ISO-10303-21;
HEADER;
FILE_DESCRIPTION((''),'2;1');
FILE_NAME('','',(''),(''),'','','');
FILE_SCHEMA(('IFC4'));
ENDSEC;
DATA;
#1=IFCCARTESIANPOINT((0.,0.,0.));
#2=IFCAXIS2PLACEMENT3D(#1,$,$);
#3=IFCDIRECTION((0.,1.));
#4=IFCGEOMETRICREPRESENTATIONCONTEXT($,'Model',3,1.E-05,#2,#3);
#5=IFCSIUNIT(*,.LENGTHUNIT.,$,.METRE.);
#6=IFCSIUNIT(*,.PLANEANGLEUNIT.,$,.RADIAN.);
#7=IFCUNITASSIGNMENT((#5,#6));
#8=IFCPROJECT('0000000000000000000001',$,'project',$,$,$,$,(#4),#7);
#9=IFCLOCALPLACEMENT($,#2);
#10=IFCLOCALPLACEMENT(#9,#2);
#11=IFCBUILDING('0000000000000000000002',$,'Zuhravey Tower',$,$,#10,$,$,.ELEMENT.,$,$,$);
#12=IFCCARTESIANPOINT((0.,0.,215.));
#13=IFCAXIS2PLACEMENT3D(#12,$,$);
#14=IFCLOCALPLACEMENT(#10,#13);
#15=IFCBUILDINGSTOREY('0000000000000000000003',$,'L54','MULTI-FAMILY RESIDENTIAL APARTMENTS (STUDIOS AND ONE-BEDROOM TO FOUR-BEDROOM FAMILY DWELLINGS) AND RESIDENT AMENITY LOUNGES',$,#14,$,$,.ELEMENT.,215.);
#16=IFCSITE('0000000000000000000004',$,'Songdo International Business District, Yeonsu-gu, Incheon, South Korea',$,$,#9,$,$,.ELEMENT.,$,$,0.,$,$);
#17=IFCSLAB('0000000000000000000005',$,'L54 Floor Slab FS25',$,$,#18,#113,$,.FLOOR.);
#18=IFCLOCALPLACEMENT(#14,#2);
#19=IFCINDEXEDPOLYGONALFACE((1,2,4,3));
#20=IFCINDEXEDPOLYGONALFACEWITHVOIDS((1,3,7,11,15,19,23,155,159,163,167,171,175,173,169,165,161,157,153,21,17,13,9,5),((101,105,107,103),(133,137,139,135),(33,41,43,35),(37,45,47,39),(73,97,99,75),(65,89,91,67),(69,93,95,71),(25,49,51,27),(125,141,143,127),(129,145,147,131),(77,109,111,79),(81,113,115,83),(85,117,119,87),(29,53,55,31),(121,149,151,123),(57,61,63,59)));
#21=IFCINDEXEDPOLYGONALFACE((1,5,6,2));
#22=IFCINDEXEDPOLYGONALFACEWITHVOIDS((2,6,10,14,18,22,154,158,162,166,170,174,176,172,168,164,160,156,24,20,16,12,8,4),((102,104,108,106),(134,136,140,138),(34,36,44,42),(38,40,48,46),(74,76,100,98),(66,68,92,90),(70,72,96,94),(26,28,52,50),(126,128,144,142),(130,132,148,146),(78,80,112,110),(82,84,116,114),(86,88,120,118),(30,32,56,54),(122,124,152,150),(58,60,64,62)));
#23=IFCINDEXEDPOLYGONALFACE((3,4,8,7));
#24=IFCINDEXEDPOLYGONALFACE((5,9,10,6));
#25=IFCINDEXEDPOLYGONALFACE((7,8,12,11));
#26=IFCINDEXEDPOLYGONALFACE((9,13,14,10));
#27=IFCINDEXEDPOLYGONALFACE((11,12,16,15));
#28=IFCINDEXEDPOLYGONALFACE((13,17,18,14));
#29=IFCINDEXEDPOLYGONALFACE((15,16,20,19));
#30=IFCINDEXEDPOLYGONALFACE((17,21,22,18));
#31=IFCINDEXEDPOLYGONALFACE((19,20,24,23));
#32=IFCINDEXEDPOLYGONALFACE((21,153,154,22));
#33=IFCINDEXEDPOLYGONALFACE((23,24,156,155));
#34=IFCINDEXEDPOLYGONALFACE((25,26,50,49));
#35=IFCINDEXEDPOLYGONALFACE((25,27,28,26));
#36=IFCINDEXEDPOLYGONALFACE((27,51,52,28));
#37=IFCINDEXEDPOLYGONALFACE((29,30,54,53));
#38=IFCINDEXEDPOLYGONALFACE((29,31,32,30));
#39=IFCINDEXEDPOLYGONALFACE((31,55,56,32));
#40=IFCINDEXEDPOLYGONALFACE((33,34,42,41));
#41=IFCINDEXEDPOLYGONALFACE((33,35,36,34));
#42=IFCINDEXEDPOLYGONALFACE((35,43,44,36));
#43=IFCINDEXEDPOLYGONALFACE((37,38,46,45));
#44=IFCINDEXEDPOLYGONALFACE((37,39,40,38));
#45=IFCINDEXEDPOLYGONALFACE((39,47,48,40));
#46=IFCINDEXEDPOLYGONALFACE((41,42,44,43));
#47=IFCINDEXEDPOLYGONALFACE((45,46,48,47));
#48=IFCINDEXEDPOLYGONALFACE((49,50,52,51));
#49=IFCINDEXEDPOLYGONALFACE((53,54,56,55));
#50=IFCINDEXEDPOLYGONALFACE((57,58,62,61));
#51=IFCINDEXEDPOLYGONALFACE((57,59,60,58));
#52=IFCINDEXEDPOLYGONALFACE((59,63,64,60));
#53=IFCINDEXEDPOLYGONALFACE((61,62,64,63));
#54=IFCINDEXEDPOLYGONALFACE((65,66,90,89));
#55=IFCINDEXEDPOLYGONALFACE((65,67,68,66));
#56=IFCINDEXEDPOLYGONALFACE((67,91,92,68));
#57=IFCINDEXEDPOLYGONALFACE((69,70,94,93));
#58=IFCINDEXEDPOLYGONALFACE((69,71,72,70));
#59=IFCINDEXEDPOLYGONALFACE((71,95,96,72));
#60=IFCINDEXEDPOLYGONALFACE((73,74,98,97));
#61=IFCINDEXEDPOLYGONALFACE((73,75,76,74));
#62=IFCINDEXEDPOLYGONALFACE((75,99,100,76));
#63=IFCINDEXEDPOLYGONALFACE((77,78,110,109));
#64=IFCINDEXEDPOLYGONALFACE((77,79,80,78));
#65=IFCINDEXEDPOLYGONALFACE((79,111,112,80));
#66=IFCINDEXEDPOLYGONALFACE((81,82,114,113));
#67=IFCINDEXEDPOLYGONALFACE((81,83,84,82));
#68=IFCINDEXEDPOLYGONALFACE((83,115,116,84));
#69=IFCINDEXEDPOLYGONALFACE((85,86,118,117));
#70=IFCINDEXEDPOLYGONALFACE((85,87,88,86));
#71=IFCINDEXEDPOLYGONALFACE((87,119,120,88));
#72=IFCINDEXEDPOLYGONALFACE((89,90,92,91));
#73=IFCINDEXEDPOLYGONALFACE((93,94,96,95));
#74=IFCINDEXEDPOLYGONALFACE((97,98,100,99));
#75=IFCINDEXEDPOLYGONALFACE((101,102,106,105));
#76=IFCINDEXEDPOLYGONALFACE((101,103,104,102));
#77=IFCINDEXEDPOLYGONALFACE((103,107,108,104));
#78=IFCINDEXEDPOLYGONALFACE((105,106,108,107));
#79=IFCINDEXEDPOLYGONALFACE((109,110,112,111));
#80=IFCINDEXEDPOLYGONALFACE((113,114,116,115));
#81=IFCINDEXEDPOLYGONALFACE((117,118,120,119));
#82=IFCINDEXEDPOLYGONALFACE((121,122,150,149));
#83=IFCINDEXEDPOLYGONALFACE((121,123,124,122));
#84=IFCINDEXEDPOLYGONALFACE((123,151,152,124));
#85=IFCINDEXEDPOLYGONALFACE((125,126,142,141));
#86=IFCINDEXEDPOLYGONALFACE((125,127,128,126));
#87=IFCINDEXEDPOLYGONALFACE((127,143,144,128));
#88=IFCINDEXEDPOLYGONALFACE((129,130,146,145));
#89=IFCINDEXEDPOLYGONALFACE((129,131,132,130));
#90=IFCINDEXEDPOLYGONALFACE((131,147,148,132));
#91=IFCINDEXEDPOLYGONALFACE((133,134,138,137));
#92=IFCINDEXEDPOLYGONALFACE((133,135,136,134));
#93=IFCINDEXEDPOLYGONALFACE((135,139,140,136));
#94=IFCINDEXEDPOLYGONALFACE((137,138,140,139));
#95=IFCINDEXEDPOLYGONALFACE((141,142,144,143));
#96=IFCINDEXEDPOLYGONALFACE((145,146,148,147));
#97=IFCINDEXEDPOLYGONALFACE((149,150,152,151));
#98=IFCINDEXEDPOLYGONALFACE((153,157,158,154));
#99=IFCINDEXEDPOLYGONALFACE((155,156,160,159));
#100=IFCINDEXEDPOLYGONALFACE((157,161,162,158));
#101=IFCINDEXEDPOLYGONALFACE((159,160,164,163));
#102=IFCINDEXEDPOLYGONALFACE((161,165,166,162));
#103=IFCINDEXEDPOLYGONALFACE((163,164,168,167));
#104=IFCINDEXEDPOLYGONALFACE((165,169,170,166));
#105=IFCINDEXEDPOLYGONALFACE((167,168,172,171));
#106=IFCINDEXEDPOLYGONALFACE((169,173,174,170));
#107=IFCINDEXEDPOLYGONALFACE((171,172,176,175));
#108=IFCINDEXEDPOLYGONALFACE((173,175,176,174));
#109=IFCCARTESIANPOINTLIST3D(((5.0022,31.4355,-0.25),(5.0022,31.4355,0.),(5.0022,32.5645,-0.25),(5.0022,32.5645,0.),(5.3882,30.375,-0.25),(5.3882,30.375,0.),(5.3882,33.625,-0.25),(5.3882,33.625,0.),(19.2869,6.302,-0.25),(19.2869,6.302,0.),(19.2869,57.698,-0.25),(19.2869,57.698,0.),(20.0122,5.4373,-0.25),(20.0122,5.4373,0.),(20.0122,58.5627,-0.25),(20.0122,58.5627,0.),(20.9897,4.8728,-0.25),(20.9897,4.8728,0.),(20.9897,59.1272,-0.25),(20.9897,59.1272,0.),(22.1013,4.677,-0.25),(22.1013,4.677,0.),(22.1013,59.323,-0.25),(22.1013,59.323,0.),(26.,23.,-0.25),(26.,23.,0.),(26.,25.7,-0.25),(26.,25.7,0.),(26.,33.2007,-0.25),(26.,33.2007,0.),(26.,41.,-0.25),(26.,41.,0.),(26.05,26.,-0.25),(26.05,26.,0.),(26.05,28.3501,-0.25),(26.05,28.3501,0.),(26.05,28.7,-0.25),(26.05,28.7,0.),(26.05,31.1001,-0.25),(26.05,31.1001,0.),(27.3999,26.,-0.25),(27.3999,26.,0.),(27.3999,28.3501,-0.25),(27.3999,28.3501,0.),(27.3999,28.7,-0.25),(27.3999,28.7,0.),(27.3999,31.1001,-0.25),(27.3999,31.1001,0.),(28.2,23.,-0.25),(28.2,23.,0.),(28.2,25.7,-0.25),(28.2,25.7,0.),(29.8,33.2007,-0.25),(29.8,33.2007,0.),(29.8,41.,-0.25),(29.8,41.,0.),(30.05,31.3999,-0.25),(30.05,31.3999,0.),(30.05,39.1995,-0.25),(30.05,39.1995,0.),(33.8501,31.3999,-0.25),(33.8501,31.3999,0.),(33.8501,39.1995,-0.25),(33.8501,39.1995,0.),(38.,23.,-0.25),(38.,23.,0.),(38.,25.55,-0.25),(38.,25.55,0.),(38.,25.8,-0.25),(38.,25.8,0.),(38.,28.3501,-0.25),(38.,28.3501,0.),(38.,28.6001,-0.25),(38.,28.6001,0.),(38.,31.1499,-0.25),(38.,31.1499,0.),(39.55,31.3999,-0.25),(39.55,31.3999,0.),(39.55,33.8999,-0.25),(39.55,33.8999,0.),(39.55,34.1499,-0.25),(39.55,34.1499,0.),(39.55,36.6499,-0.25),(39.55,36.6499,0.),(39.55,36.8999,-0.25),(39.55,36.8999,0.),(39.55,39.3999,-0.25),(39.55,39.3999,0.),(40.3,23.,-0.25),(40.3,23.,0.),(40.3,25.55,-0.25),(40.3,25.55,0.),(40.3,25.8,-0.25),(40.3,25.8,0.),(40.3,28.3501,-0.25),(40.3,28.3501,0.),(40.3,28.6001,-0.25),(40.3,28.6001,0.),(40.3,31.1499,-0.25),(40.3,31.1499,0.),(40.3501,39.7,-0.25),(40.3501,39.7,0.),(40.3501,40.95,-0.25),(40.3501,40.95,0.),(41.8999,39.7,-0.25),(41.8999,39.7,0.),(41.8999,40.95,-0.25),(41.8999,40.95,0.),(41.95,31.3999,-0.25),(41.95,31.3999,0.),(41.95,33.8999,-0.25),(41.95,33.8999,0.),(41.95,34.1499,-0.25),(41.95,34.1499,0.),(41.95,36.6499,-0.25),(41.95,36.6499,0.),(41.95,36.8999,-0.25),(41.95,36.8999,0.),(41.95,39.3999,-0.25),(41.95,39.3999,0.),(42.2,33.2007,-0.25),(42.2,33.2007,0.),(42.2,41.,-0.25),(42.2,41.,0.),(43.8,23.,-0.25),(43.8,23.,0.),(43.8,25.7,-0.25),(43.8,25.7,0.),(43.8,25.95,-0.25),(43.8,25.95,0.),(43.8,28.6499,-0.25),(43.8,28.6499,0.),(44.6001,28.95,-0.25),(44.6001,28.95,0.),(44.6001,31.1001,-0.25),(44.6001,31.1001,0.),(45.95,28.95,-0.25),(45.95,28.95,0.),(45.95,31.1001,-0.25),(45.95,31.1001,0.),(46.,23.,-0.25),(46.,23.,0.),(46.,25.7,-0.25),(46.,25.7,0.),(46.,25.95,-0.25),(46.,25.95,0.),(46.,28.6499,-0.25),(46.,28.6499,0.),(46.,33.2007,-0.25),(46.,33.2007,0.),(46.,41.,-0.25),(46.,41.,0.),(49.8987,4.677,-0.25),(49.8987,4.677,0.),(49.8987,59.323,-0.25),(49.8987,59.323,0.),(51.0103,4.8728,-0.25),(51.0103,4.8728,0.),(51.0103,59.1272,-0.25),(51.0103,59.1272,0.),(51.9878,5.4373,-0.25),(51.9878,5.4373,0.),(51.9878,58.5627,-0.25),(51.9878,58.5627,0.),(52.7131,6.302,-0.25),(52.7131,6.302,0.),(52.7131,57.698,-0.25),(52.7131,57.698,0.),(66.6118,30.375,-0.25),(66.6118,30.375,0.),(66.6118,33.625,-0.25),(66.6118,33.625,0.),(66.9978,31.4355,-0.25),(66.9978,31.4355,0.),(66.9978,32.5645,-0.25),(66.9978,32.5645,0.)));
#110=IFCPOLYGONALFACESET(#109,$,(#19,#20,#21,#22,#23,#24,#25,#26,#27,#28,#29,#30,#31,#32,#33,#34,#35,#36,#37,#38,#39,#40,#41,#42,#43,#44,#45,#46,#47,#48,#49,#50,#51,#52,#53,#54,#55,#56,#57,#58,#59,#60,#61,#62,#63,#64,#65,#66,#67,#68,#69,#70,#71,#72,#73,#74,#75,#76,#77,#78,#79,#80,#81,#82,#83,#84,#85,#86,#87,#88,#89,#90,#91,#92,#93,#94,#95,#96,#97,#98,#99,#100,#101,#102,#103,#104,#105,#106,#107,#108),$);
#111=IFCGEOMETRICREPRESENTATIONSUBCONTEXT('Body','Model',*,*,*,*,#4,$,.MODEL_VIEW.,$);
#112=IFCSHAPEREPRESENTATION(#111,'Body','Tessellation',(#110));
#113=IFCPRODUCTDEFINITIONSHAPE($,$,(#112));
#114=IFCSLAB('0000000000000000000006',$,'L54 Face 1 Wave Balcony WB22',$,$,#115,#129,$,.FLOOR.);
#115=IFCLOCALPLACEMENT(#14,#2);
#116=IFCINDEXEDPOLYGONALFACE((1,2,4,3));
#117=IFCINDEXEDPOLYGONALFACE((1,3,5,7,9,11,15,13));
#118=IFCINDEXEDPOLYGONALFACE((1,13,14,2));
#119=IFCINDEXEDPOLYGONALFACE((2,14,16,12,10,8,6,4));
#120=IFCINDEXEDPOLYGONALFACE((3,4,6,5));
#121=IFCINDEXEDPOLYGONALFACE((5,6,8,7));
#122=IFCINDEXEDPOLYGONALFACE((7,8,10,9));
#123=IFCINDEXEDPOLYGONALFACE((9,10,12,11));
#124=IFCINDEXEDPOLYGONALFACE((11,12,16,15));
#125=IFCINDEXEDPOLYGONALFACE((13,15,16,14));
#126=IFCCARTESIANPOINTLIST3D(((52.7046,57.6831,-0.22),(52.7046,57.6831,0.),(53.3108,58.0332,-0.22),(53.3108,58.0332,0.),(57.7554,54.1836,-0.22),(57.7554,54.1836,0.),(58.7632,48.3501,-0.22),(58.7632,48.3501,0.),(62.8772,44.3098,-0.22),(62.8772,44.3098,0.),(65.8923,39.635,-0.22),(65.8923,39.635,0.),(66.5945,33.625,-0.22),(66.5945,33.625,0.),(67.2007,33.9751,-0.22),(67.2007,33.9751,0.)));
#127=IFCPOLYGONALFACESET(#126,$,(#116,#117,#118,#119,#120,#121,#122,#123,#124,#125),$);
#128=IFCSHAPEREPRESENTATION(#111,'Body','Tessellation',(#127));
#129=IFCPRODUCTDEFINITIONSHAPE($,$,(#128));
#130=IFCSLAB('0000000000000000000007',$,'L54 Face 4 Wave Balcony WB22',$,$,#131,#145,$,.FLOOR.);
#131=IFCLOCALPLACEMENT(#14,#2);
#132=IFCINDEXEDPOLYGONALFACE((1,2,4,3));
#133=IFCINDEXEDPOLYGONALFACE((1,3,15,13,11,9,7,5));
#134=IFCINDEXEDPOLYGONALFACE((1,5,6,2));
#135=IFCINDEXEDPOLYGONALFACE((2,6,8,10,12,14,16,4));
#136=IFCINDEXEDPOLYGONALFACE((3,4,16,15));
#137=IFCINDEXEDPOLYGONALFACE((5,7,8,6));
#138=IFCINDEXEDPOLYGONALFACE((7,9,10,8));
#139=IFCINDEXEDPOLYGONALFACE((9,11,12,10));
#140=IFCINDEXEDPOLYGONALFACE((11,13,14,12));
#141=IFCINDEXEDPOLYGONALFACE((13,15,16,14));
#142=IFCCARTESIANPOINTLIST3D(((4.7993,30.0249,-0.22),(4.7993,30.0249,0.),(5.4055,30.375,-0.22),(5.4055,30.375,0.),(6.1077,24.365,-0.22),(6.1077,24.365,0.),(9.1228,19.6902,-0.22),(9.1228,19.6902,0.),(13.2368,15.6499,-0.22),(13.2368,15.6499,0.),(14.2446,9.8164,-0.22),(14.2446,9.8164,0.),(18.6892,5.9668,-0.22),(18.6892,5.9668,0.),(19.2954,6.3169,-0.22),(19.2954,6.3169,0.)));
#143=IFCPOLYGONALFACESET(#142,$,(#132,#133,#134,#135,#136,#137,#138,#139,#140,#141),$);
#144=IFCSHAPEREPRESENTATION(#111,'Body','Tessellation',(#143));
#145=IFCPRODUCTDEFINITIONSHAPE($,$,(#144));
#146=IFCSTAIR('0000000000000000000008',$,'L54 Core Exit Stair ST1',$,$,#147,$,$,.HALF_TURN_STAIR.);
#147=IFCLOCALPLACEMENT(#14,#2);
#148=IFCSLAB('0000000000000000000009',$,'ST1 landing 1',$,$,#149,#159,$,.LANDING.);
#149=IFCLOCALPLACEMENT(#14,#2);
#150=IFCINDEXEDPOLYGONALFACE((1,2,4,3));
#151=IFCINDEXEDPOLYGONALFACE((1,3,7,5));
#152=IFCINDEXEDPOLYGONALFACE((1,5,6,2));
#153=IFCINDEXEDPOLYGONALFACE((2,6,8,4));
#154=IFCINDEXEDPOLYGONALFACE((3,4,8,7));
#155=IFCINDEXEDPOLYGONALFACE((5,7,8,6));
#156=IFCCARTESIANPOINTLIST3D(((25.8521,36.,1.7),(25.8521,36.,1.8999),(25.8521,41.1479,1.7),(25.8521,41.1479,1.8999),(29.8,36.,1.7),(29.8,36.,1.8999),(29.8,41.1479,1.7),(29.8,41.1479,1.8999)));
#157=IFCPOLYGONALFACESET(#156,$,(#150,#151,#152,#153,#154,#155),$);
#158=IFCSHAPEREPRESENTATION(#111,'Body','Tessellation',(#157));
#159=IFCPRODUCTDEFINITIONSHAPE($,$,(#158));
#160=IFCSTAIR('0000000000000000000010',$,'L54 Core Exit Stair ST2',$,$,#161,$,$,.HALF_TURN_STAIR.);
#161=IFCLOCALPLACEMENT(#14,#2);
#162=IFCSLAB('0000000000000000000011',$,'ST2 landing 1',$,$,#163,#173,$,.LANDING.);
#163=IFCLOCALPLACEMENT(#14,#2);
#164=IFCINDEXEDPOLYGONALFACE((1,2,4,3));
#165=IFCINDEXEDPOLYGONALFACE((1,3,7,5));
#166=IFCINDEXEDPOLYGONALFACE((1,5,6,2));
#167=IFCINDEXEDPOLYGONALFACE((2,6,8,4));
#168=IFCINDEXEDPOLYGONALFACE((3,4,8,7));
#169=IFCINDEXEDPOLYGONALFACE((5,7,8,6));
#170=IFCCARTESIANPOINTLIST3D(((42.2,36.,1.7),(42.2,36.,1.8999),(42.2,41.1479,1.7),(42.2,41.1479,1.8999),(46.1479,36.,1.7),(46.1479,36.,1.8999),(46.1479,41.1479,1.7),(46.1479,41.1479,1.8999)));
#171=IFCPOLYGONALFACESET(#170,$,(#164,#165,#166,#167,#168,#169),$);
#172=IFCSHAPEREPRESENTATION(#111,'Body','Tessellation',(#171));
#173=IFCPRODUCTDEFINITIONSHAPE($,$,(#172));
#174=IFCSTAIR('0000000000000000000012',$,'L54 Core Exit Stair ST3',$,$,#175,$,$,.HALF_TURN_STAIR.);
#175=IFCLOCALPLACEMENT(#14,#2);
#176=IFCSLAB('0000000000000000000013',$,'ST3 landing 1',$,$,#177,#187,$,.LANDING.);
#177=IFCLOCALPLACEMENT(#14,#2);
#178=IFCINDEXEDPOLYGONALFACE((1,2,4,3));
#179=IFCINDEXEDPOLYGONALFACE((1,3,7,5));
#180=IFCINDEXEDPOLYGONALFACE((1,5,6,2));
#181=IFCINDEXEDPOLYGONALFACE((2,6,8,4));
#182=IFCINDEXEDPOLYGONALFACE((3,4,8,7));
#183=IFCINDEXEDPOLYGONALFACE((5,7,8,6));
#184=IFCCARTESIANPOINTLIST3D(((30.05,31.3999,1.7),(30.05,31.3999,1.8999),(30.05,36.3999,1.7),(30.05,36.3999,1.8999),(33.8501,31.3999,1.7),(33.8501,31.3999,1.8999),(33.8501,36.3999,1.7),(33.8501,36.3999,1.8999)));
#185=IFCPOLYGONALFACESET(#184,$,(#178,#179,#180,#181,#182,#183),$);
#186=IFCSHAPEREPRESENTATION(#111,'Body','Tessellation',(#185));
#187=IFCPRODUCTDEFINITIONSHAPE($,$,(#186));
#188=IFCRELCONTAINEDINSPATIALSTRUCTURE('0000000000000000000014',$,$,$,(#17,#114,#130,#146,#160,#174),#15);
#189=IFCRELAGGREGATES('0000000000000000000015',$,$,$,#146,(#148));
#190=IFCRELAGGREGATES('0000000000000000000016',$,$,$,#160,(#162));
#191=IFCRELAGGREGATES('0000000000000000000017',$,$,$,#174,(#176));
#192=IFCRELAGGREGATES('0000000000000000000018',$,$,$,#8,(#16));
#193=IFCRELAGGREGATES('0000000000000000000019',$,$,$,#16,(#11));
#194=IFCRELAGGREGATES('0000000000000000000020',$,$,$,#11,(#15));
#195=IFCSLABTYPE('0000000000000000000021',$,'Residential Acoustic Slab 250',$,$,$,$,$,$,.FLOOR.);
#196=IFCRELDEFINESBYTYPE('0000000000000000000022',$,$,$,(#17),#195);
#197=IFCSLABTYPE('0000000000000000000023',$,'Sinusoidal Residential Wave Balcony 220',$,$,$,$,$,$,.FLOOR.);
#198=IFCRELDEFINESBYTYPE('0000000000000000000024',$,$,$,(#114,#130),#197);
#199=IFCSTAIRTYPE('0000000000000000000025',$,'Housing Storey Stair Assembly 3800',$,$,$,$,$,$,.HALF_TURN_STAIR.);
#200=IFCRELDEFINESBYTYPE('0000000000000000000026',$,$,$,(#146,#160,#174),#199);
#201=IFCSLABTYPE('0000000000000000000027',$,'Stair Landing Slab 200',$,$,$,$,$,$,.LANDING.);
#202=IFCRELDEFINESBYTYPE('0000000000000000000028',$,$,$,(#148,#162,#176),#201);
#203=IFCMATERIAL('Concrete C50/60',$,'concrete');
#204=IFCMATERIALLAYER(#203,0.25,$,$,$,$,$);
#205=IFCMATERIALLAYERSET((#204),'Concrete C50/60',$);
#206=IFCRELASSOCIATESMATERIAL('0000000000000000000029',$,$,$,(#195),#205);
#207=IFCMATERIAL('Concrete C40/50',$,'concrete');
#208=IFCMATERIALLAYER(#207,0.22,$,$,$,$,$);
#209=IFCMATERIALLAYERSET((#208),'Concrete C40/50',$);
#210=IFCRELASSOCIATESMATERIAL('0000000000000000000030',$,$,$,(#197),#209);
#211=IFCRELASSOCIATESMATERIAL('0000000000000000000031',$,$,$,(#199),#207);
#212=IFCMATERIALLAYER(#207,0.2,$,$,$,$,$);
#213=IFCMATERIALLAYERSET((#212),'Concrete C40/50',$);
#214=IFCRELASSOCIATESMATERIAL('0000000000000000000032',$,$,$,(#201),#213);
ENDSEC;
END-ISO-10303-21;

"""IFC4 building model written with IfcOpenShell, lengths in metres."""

from ifc_helpers import new_model, si_unit, direction, frame, origin, place, context, subcontext, project, spatial, polyline, outline, extrude, material, layer, layer_set, type_object, element, aggregate, save


model = new_model("IFC4")

# Units and contexts
model_context = context("Model", 3, precision=1e-05, world=origin(), true_north=direction((0.0, 1.0)))
body_context = subcontext(model_context, "Body", "Model", "MODEL_VIEW")
ifc_project = project(units=[si_unit("LENGTHUNIT", "METRE"), si_unit("PLANEANGLEUNIT", "RADIAN")], contexts=[model_context])

# Site, building, storey
site_placement = place(None, origin())
site = spatial("IfcSite", under=ifc_project, at=site_placement, Name="Songdo International Business District, Yeonsu-gu, Incheon, South Korea", CompositionType="ELEMENT", RefElevation=0.0)
building_placement = place(site_placement, origin())
building = spatial("IfcBuilding", under=site, at=building_placement, Name="Zuhravey Tower", CompositionType="ELEMENT")
storey_placement = place(building_placement, frame((0.0, 0.0, 215.0)))
storey = spatial("IfcBuildingStorey", under=building, at=storey_placement, Name="L54", Description="MULTI-FAMILY RESIDENTIAL APARTMENTS (STUDIOS AND ONE-BEDROOM TO FOUR-BEDROOM FAMILY DWELLINGS) AND RESIDENT AMENITY LOUNGES", CompositionType="ELEMENT", Elevation=215.0)

# Shared definitions
ifc_material_1 = material(Name="Concrete C50/60", Category="concrete")

# Slabs
ifc_layer_1 = layer(ifc_material_1, 0.25)
ifc_layer_set_1 = layer_set([ifc_layer_1], Name="Concrete C50/60")
slab_type_1 = type_object("IfcSlabType", Name="Residential Acoustic Slab 250", PredefinedType="FLOOR", material=ifc_layer_set_1)
slab_1_placement = place(storey_placement, frame((0.0, 0.0, -0.25)))
element("IfcSlab", 1, at=slab_1_placement, inside=storey, type_object=slab_type_1, Name="L54 Floor Slab FS25", PredefinedType="FLOOR", context=body_context, shape_type="SweptSolid", body=[
    extrude(outline(polyline([(66.6118, 30.375), (66.9978, 31.4355), (66.9978, 32.5645), (66.6118, 33.625), (52.7131, 57.698), (51.9878, 58.5627), (51.0103, 59.1272), (49.8987, 59.323), (22.1013, 59.323), (20.9897, 59.1272), (20.0122, 58.5627), (19.2869, 57.698), (5.3882, 33.625), (5.0022, 32.5645), (5.0022, 31.4355), (5.3882, 30.375), (19.2869, 6.302), (20.0122, 5.4373), (20.9897, 4.8728), (22.1013, 4.677), (49.8987, 4.677), (51.0103, 4.8728), (51.9878, 5.4373), (52.7131, 6.302), (66.6118, 30.375)]), holes=[polyline([(29.8, 33.2007), (29.8, 41.0), (26.0, 41.0), (26.0, 33.2007), (29.8, 33.2007)]), polyline([(46.0, 33.2007), (46.0, 41.0), (42.2, 41.0), (42.2, 33.2007), (46.0, 33.2007)]), polyline([(30.05, 39.1995), (30.05, 31.3999), (33.8501, 31.3999), (33.8501, 39.1995), (30.05, 39.1995)]), polyline([(38.0, 23.0), (40.3, 23.0), (40.3, 25.55), (38.0, 25.55), (38.0, 23.0)]), polyline([(38.0, 25.8), (40.3, 25.8), (40.3, 28.3501), (38.0, 28.3501), (38.0, 25.8)]), polyline([(38.0, 28.6001), (40.3, 28.6001), (40.3, 31.1499), (38.0, 31.1499), (38.0, 28.6001)]), polyline([(39.55, 31.3999), (41.95, 31.3999), (41.95, 33.8999), (39.55, 33.8999), (39.55, 31.3999)]), polyline([(39.55, 34.1499), (41.95, 34.1499), (41.95, 36.6499), (39.55, 36.6499), (39.55, 34.1499)]), polyline([(39.55, 36.8999), (41.95, 36.8999), (41.95, 39.3999), (39.55, 39.3999), (39.55, 36.8999)]), polyline([(26.0, 23.0), (28.2, 23.0), (28.2, 25.7), (26.0, 25.7), (26.0, 23.0)]), polyline([(43.8, 23.0), (46.0, 23.0), (46.0, 25.7), (43.8, 25.7), (43.8, 23.0)]), polyline([(43.8, 25.95), (46.0, 25.95), (46.0, 28.6499), (43.8, 28.6499), (43.8, 25.95)]), polyline([(26.05, 26.0), (27.3999, 26.0), (27.3999, 28.3501), (26.05, 28.3501), (26.05, 26.0)]), polyline([(26.05, 28.7), (27.3999, 28.7), (27.3999, 31.1001), (26.05, 31.1001), (26.05, 28.7)]), polyline([(44.6001, 28.95), (45.95, 28.95), (45.95, 31.1001), (44.6001, 31.1001), (44.6001, 28.95)]), polyline([(40.3501, 39.7), (41.8999, 39.7), (41.8999, 40.95), (40.3501, 40.95), (40.3501, 39.7)])]), origin(), (0.0, 0.0, 1.0), 0.25),
])
ifc_material_2 = material(Name="Concrete C40/50", Category="concrete")
ifc_layer_2 = layer(ifc_material_2, 0.22)
ifc_layer_set_2 = layer_set([ifc_layer_2], Name="Concrete C40/50")
slab_type_2 = type_object("IfcSlabType", Name="Sinusoidal Residential Wave Balcony 220", PredefinedType="FLOOR", material=ifc_layer_set_2)
slab_2_placement = place(storey_placement, frame((0.0, 0.0, -0.22)))
element("IfcSlab", 2, at=slab_2_placement, inside=storey, type_object=slab_type_2, Name="L54 Face 1 Wave Balcony WB22", PredefinedType="FLOOR", context=body_context, shape_type="SweptSolid", body=[
    extrude(outline(polyline([(66.5945, 33.625), (52.7046, 57.6831), (53.3108, 58.0332), (57.7554, 54.1836), (58.7632, 48.3501), (62.8772, 44.3098), (65.8923, 39.635), (67.2007, 33.9751), (66.5945, 33.625)])), origin(), (0.0, 0.0, 1.0), 0.22),
])
slab_3_placement = place(storey_placement, frame((0.0, 0.0, -0.22)))
element("IfcSlab", 3, at=slab_3_placement, inside=storey, type_object=slab_type_2, Name="L54 Face 4 Wave Balcony WB22", PredefinedType="FLOOR", context=body_context, shape_type="SweptSolid", body=[
    extrude(outline(polyline([(5.4055, 30.375), (19.2954, 6.3169), (18.6892, 5.9668), (14.2446, 9.8164), (13.2368, 15.6499), (9.1228, 19.6902), (6.1077, 24.365), (4.7993, 30.0249), (5.4055, 30.375)])), origin(), (0.0, 0.0, 1.0), 0.22),
])

# Stairs, slabs
stair_type = type_object("IfcStairType", Name="Housing Storey Stair Assembly 3800", PredefinedType="HALF_TURN_STAIR", material=ifc_material_2)
stair_1_placement = place(storey_placement, origin())
stair_1 = element("IfcStair", 4, at=stair_1_placement, inside=storey, type_object=stair_type, Name="L54 Core Exit Stair ST1", PredefinedType="HALF_TURN_STAIR")
ifc_layer_3 = layer(ifc_material_2, 0.2)
ifc_layer_set_3 = layer_set([ifc_layer_3], Name="Concrete C40/50")
slab_type_3 = type_object("IfcSlabType", Name="Stair Landing Slab 200", PredefinedType="LANDING", material=ifc_layer_set_3)
slab_4_placement = place(storey_placement, frame((0.0, 0.0, 1.7)))
slab_4 = element("IfcSlab", 5, at=slab_4_placement, type_object=slab_type_3, Name="ST1 landing 1", PredefinedType="LANDING", context=body_context, shape_type="SweptSolid", body=[
    extrude(outline(polyline([(29.8, 36.0), (29.8, 41.1479), (25.8521, 41.1479), (25.8521, 36.0), (29.8, 36.0)])), origin(), (0.0, 0.0, 1.0), 0.2),
])
aggregate(stair_1, [slab_4])
stair_2_placement = place(storey_placement, origin())
stair_2 = element("IfcStair", 6, at=stair_2_placement, inside=storey, type_object=stair_type, Name="L54 Core Exit Stair ST2", PredefinedType="HALF_TURN_STAIR")
slab_5_placement = place(storey_placement, frame((0.0, 0.0, 1.7)))
slab_5 = element("IfcSlab", 7, at=slab_5_placement, type_object=slab_type_3, Name="ST2 landing 1", PredefinedType="LANDING", context=body_context, shape_type="SweptSolid", body=[
    extrude(outline(polyline([(46.1479, 36.0), (46.1479, 41.1479), (42.2, 41.1479), (42.2, 36.0), (46.1479, 36.0)])), origin(), (0.0, 0.0, 1.0), 0.2),
])
aggregate(stair_2, [slab_5])
stair_3_placement = place(storey_placement, origin())
stair_3 = element("IfcStair", 8, at=stair_3_placement, inside=storey, type_object=stair_type, Name="L54 Core Exit Stair ST3", PredefinedType="HALF_TURN_STAIR")
slab_6_placement = place(storey_placement, frame((0.0, 0.0, 1.7)))
slab_6 = element("IfcSlab", 9, at=slab_6_placement, type_object=slab_type_3, Name="ST3 landing 1", PredefinedType="LANDING", context=body_context, shape_type="SweptSolid", body=[
    extrude(outline(polyline([(30.05, 36.3999), (30.05, 31.3999), (33.8501, 31.3999), (33.8501, 36.3999), (30.05, 36.3999)])), origin(), (0.0, 0.0, 1.0), 0.2),
])
aggregate(stair_3, [slab_6])

save(model, "model.ifc")
